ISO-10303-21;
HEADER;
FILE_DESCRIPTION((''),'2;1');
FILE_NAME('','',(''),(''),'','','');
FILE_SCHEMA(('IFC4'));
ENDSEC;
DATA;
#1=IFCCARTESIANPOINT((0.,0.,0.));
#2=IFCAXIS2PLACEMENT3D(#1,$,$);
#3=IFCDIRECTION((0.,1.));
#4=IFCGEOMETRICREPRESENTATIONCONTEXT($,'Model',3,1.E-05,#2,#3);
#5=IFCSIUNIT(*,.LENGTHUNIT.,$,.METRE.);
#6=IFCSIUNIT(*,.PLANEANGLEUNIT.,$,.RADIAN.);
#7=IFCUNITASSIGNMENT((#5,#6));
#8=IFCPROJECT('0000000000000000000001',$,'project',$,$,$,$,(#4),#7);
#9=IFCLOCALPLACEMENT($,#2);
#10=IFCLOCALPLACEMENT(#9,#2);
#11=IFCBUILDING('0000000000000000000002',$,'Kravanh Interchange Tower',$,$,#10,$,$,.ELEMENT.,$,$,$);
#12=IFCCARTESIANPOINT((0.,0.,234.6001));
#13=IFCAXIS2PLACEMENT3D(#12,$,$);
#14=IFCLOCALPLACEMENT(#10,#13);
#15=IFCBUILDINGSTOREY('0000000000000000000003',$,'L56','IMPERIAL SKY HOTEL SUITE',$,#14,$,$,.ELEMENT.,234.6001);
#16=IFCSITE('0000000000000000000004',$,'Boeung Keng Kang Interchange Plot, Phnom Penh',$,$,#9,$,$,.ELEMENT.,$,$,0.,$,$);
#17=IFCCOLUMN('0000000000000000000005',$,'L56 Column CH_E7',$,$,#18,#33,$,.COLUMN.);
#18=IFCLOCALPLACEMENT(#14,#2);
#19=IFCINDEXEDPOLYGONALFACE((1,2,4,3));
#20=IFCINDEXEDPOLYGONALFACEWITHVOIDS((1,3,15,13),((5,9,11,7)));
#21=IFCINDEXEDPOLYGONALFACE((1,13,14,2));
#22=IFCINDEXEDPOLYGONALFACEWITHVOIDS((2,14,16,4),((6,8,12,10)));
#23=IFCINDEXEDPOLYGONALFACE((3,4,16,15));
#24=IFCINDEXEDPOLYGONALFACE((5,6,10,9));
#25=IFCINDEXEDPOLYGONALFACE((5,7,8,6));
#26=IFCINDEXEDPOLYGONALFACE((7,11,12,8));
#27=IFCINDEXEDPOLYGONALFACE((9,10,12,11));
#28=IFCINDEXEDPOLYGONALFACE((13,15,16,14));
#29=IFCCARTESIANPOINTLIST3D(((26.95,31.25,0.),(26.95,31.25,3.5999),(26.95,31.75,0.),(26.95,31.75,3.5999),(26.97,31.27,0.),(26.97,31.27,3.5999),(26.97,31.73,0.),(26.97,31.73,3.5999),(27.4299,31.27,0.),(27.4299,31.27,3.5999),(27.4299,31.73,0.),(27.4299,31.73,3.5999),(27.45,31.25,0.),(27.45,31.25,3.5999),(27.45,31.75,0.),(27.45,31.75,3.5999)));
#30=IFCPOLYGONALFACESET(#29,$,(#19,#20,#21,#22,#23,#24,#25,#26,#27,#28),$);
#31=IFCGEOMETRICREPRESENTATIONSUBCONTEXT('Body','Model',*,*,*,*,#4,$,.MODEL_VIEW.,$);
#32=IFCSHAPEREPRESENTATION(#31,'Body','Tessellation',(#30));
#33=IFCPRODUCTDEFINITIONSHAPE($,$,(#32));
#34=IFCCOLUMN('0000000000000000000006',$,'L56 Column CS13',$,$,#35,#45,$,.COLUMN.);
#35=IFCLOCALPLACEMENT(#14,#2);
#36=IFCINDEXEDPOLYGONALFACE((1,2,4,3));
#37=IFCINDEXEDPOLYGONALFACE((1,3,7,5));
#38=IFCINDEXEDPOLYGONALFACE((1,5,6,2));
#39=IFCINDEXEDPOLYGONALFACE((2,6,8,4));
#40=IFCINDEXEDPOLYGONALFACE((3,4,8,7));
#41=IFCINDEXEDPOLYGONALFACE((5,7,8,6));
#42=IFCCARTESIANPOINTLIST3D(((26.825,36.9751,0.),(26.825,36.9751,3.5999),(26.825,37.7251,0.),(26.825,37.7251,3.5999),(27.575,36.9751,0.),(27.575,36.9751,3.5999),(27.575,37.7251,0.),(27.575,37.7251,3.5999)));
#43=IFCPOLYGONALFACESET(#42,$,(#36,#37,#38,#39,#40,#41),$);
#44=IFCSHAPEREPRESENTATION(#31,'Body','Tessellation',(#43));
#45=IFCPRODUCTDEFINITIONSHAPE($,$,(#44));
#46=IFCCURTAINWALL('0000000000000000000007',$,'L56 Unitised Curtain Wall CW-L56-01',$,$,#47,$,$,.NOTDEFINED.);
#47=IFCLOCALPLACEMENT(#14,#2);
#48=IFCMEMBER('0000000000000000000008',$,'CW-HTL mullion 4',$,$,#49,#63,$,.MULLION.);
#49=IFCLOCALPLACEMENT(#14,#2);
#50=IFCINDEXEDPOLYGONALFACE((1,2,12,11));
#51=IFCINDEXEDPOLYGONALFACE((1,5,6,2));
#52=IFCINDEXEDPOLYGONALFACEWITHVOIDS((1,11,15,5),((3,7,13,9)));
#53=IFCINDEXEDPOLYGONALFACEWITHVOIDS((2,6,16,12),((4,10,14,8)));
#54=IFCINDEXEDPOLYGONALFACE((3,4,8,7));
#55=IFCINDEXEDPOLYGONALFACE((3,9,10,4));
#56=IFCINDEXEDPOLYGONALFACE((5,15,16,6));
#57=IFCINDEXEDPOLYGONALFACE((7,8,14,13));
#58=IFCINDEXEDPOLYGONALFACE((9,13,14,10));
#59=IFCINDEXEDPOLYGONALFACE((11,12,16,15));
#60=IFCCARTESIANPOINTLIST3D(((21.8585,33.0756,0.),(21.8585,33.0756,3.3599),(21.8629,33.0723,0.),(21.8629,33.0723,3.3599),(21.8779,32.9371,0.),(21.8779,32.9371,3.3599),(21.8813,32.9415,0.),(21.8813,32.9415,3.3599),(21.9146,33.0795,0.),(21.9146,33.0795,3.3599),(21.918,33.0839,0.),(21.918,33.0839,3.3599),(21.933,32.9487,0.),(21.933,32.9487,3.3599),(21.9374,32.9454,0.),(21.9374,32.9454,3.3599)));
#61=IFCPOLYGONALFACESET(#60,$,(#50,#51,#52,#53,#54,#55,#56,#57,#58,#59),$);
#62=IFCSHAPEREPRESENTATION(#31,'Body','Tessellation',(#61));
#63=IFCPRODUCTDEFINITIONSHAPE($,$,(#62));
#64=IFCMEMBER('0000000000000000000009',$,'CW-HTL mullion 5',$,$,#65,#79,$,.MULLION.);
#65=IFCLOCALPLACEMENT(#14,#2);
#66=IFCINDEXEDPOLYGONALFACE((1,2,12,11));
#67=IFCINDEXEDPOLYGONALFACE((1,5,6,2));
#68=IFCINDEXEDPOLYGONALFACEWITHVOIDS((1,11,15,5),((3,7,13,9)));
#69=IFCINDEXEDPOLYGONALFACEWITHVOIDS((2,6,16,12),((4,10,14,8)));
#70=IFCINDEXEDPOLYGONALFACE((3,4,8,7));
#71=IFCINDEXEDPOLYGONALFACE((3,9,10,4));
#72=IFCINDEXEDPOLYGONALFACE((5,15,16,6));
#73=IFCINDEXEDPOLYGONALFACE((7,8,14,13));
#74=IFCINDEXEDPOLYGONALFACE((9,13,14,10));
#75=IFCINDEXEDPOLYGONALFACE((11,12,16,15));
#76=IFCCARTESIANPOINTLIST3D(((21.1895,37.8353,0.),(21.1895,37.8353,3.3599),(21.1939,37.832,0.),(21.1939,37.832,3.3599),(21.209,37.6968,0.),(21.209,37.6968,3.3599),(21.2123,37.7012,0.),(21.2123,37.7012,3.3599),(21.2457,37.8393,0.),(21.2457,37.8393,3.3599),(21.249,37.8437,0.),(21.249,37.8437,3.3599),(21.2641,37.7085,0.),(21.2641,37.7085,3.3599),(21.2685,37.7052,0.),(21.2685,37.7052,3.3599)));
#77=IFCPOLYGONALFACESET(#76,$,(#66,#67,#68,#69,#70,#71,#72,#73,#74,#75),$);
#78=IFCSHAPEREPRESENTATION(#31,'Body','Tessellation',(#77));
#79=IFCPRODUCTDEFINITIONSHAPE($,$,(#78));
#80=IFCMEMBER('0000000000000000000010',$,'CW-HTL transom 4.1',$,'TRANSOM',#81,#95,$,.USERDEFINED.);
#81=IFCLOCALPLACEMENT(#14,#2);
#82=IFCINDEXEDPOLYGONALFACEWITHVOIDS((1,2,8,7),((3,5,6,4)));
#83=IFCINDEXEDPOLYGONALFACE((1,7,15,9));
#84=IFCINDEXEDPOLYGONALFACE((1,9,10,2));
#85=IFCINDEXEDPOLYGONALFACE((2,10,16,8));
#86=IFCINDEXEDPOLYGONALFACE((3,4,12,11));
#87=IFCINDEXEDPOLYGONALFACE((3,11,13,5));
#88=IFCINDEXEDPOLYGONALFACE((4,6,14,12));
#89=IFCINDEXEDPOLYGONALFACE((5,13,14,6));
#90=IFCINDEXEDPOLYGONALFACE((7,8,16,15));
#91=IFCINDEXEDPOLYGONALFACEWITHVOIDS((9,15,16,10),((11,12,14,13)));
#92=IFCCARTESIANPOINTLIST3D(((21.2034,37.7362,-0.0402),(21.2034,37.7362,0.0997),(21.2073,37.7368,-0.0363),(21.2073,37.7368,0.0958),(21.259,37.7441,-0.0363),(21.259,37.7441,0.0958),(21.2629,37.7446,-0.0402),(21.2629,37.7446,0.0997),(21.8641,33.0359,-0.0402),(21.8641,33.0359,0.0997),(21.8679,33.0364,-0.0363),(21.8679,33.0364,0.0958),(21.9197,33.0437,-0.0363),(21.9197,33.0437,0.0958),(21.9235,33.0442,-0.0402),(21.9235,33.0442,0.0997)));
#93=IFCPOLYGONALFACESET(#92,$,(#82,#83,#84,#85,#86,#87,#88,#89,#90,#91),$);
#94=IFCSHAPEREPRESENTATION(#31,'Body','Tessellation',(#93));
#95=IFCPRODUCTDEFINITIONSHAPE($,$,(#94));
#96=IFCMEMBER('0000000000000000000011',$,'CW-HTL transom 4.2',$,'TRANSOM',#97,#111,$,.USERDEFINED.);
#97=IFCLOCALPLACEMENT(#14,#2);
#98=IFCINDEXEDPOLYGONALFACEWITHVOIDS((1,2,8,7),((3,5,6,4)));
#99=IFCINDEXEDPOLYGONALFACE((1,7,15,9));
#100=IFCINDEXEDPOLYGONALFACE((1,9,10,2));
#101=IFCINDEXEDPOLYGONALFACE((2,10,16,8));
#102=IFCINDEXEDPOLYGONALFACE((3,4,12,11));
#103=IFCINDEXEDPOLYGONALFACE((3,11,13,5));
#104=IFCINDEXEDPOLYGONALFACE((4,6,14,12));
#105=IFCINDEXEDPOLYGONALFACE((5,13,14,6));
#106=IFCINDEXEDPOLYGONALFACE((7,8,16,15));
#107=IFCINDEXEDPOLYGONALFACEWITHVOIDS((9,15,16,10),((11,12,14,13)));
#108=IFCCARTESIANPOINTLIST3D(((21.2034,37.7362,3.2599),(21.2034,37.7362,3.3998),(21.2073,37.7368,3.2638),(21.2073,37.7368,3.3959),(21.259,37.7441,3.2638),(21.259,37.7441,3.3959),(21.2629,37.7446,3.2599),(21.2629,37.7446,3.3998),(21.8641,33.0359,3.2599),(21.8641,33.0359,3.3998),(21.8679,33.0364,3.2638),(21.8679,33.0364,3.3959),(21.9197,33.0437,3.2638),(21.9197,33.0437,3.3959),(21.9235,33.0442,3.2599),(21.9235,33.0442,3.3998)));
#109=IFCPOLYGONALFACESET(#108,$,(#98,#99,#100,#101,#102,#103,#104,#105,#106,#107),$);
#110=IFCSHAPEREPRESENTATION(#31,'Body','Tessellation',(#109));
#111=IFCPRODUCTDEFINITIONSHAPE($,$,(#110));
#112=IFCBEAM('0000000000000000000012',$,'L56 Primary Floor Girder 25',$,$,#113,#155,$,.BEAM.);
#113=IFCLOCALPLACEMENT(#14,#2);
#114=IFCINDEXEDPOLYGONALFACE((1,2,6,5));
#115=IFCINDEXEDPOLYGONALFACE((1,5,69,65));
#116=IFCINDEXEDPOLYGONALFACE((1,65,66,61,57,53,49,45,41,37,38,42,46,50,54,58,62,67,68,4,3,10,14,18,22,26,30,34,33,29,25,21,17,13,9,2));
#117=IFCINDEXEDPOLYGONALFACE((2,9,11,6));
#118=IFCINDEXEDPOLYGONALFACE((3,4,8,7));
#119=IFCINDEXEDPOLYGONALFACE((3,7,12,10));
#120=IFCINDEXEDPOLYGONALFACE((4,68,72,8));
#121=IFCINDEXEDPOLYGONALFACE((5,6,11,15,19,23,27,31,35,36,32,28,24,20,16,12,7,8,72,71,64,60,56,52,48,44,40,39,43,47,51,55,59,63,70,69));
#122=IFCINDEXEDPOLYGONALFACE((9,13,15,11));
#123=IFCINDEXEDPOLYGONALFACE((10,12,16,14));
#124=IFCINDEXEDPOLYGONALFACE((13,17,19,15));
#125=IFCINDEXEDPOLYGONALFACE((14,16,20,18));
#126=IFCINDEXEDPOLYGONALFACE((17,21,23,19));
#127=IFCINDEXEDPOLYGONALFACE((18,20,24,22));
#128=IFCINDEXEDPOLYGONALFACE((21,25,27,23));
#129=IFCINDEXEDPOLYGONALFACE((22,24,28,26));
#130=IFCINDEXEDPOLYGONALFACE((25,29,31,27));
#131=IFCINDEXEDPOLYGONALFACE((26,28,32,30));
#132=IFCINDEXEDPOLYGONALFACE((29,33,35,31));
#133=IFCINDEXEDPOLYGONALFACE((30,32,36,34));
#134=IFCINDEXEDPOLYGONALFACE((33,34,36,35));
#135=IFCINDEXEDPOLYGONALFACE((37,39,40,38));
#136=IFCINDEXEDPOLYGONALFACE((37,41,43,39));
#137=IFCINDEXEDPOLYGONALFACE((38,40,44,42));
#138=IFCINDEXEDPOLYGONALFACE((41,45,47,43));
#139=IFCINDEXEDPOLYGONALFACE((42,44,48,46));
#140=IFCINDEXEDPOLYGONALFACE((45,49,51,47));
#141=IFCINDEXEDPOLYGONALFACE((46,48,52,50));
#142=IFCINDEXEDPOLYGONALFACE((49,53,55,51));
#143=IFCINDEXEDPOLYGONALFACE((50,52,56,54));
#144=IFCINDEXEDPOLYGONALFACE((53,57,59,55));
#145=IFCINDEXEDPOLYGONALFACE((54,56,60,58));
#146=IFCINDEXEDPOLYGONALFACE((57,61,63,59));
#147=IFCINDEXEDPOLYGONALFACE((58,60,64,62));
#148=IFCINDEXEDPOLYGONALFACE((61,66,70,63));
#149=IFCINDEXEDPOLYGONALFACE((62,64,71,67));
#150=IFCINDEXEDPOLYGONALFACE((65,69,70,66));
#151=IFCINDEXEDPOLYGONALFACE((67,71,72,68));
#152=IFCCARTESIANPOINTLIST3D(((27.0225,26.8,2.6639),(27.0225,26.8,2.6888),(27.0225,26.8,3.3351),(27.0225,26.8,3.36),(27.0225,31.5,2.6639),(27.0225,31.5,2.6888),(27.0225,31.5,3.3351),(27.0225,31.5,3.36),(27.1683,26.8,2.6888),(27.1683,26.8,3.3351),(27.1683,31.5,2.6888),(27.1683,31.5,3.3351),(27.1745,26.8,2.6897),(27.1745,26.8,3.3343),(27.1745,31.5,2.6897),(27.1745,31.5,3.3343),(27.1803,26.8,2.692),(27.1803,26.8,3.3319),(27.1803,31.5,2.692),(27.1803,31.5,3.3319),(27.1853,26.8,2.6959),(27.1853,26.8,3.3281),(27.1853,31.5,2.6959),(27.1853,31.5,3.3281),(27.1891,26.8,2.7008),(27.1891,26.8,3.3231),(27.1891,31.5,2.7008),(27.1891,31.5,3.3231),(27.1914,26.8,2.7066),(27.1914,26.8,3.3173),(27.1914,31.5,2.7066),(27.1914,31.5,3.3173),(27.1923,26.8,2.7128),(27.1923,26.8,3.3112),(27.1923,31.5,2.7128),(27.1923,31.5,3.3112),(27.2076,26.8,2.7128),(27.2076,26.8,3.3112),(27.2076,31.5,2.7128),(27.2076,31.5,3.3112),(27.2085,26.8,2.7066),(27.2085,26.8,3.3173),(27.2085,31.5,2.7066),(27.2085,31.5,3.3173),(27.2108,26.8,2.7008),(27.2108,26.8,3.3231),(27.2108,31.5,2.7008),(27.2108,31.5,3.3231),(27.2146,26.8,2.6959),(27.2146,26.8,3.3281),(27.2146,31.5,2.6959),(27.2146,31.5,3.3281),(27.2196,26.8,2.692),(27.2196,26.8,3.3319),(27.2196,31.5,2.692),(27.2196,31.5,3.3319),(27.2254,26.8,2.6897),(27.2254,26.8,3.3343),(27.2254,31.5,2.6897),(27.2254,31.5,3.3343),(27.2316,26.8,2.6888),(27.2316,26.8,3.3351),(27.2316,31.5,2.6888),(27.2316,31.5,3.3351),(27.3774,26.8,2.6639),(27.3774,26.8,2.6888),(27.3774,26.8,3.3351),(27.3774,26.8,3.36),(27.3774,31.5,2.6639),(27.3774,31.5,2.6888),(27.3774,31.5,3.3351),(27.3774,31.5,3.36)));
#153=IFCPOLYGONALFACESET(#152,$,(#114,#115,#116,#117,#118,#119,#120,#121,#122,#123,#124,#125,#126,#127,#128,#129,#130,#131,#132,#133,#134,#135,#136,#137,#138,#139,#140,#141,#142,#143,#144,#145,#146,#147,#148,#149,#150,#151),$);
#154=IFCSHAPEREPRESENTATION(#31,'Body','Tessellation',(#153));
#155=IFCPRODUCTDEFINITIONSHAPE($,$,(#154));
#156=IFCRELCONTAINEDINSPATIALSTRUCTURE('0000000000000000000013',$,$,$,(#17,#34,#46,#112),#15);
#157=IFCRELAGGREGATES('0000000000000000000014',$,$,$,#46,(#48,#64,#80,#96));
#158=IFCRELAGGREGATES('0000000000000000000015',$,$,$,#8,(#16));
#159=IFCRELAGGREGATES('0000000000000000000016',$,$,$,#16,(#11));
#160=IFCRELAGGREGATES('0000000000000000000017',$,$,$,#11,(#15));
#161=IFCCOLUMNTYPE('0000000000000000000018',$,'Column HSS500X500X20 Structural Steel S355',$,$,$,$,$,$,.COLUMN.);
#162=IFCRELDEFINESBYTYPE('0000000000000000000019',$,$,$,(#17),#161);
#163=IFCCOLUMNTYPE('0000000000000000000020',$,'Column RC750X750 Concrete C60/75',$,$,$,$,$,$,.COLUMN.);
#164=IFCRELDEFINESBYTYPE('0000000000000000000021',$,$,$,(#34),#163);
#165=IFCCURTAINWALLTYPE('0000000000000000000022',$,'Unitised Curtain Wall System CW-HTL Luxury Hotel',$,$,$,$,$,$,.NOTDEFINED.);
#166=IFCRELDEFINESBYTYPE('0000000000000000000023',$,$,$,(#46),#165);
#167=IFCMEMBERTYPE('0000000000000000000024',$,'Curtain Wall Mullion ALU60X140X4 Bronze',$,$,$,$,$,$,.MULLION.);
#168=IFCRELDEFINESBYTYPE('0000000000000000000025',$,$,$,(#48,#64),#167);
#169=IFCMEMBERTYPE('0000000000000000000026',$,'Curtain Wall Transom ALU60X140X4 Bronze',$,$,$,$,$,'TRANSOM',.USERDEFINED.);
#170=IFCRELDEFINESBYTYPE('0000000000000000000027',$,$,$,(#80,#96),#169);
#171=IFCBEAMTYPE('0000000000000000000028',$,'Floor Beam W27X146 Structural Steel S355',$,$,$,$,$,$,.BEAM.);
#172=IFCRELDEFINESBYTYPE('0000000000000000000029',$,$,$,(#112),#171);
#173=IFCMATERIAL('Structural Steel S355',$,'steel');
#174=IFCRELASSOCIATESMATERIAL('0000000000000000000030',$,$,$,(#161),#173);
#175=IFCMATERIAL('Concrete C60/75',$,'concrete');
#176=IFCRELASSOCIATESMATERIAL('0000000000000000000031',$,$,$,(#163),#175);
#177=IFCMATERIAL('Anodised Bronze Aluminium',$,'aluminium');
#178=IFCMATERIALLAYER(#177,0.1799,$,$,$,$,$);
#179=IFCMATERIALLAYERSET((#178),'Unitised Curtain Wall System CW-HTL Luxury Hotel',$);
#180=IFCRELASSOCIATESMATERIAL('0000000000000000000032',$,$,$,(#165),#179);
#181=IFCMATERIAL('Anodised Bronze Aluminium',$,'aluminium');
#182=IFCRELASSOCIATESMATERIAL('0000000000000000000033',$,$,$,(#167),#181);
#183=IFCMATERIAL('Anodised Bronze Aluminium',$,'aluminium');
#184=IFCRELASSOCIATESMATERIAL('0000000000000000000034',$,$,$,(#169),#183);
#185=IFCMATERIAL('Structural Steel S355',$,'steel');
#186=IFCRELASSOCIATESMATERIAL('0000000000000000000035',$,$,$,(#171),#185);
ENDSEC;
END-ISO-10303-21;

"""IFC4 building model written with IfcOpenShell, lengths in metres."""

from ifc_helpers import new_model, si_unit, direction, frame, origin, origin_2d, place, context, subcontext, project, spatial, rectangle, hollow_rectangle, i_section, extrude, material, layer, layer_set, material_profile, profile_set, type_object, element, aggregate, save


model = new_model("IFC4")

# Units and contexts
model_context = context("Model", 3, precision=1e-05, world=origin(), true_north=direction((0.0, 1.0)))
body_context = subcontext(model_context, "Body", "Model", "MODEL_VIEW")
ifc_project = project(units=[si_unit("LENGTHUNIT", "METRE"), si_unit("PLANEANGLEUNIT", "RADIAN")], contexts=[model_context])

# Site, building, storey
site_placement = place(None, origin())
site = spatial("IfcSite", under=ifc_project, at=site_placement, Name="Boeung Keng Kang Interchange Plot, Phnom Penh", CompositionType="ELEMENT", RefElevation=0.0)
building_placement = place(site_placement, origin())
building = spatial("IfcBuilding", under=site, at=building_placement, Name="Kravanh Interchange Tower", CompositionType="ELEMENT")
storey_placement = place(building_placement, frame((0.0, 0.0, 234.6001)))
storey = spatial("IfcBuildingStorey", under=building, at=storey_placement, Name="L56", Description="IMPERIAL SKY HOTEL SUITE", CompositionType="ELEMENT", Elevation=234.6001)

# Columns
ifc_material_1 = material(Name="Structural Steel S355", Category="steel")
ifc_material_profile_1 = material_profile(ifc_material_1, hollow_rectangle(XDim=0.5, YDim=0.5, WallThickness=0.02, at=origin_2d()), Name="HSS500X500X20")
ifc_profile_set_1 = profile_set([ifc_material_profile_1], Name="Structural Steel S355")
column_type_1 = type_object("IfcColumnType", Name="Column HSS500X500X20 Structural Steel S355", PredefinedType="COLUMN", material=ifc_profile_set_1)
column_1_placement = place(storey_placement, frame((27.2, 31.5, 0.0), z_axis=(0.0, 0.0, 1.0), x_axis=(1.0, 0.0, 0.0)))
element("IfcColumn", 1, at=column_1_placement, inside=storey, type_object=column_type_1, Name="L56 Column CH_E7", PredefinedType="COLUMN", context=body_context, shape_type="SweptSolid", body=[
    extrude(hollow_rectangle(XDim=0.5, YDim=0.5, WallThickness=0.02, at=origin_2d()), origin(), (0.0, 0.0, 1.0), 3.5999),
])
ifc_material_2 = material(Name="Concrete C60/75", Category="concrete")
ifc_material_profile_2 = material_profile(ifc_material_2, rectangle(XDim=0.75, YDim=0.75, at=origin_2d()), Name="RC750X750")
ifc_profile_set_2 = profile_set([ifc_material_profile_2], Name="Concrete C60/75")
column_type_2 = type_object("IfcColumnType", Name="Column RC750X750 Concrete C60/75", PredefinedType="COLUMN", material=ifc_profile_set_2)
column_2_placement = place(storey_placement, frame((27.2, 37.3501, 0.0), z_axis=(0.0, 0.0, 1.0), x_axis=(1.0, 0.0, 0.0)))
element("IfcColumn", 2, at=column_2_placement, inside=storey, type_object=column_type_2, Name="L56 Column CS13", PredefinedType="COLUMN", context=body_context, shape_type="SweptSolid", body=[
    extrude(rectangle(XDim=0.75, YDim=0.75, at=origin_2d()), origin(), (0.0, 0.0, 1.0), 3.5999),
])

# Curtain wall, members
ifc_material_3 = material(Name="Anodised Bronze Aluminium", Category="aluminium")
ifc_layer_1 = layer(ifc_material_3, 0.1799)
ifc_layer_set_1 = layer_set([ifc_layer_1], Name="Unitised Curtain Wall System CW-HTL Luxury Hotel")
curtain_wall_type = type_object("IfcCurtainWallType", Name="Unitised Curtain Wall System CW-HTL Luxury Hotel", PredefinedType="NOTDEFINED", material=ifc_layer_set_1)
curtain_wall_placement = place(storey_placement, origin())
curtain_wall = element("IfcCurtainWall", 3, at=curtain_wall_placement, inside=storey, type_object=curtain_wall_type, Name="L56 Unitised Curtain Wall CW-L56-01", PredefinedType="NOTDEFINED")
ifc_material_4 = material(Name="Anodised Bronze Aluminium", Category="aluminium")
ifc_material_profile_3 = material_profile(ifc_material_4, hollow_rectangle(XDim=0.0601, YDim=0.1399, WallThickness=0.0039, at=origin_2d()), Name="ALU60X140X4")
ifc_profile_set_3 = profile_set([ifc_material_profile_3], Name="Anodised Bronze Aluminium")
member_type_1 = type_object("IfcMemberType", Name="Curtain Wall Mullion ALU60X140X4 Bronze", PredefinedType="MULLION", material=ifc_profile_set_3)
member_1_placement = place(storey_placement, frame((21.8979, 33.0105, 0.0), z_axis=(0.0, 0.0, 1.0), x_axis=(-0.990268, -0.139176, 0.0)))
member_1 = element("IfcMember", 4, at=member_1_placement, type_object=member_type_1, Name="CW-HTL mullion 4", PredefinedType="MULLION", context=body_context, shape_type="SweptSolid", body=[
    extrude(hollow_rectangle(XDim=0.0601, YDim=0.1399, WallThickness=0.0039, at=origin_2d()), origin(), (0.0, 0.0, 1.0), 3.3599),
])
member_2_placement = place(storey_placement, frame((21.229, 37.7703, 0.0), z_axis=(0.0, 0.0, 1.0), x_axis=(-0.990268, -0.139176, 0.0)))
member_2 = element("IfcMember", 5, at=member_2_placement, type_object=member_type_1, Name="CW-HTL mullion 5", PredefinedType="MULLION", context=body_context, shape_type="SweptSolid", body=[
    extrude(hollow_rectangle(XDim=0.0601, YDim=0.1399, WallThickness=0.0039, at=origin_2d()), origin(), (0.0, 0.0, 1.0), 3.3599),
])
ifc_material_5 = material(Name="Anodised Bronze Aluminium", Category="aluminium")
ifc_material_profile_4 = material_profile(ifc_material_5, hollow_rectangle(XDim=0.0601, YDim=0.1399, WallThickness=0.0039, at=origin_2d()), Name="ALU60X140X4")
ifc_profile_set_4 = profile_set([ifc_material_profile_4], Name="Anodised Bronze Aluminium")
member_type_2 = type_object("IfcMemberType", Name="Curtain Wall Transom ALU60X140X4 Bronze", ElementType="TRANSOM", PredefinedType="USERDEFINED", material=ifc_profile_set_4)
member_3_placement = place(storey_placement, frame((21.8938, 33.04, 0.0298), z_axis=(-0.139182, 0.990267, 0.0), x_axis=(-0.990267, -0.139182, 0.0)))
member_3 = element("IfcMember", 6, at=member_3_placement, type_object=member_type_2, Name="CW-HTL transom 4.1", ObjectType="TRANSOM", PredefinedType="USERDEFINED", context=body_context, shape_type="SweptSolid", body=[
    extrude(hollow_rectangle(XDim=0.0601, YDim=0.1399, WallThickness=0.0039, at=origin_2d()), origin(), (0.0, 0.0, 1.0), 4.7466),
])
member_4_placement = place(storey_placement, frame((21.8938, 33.04, 3.3298), z_axis=(-0.139182, 0.990267, 0.0), x_axis=(-0.990267, -0.139182, 0.0)))
member_4 = element("IfcMember", 7, at=member_4_placement, type_object=member_type_2, Name="CW-HTL transom 4.2", ObjectType="TRANSOM", PredefinedType="USERDEFINED", context=body_context, shape_type="SweptSolid", body=[
    extrude(hollow_rectangle(XDim=0.0601, YDim=0.1399, WallThickness=0.0039, at=origin_2d()), origin(), (0.0, 0.0, 1.0), 4.7466),
])

# Beam
ifc_material_6 = material(Name="Structural Steel S355", Category="steel")
ifc_material_profile_5 = material_profile(ifc_material_6, i_section(OverallWidth=0.355, OverallDepth=0.696, WebThickness=0.0154, FlangeThickness=0.0249, FilletRadius=0.0239, at=origin_2d()), Name="W27X146")
ifc_profile_set_5 = profile_set([ifc_material_profile_5], Name="Structural Steel S355")
beam_type_1 = type_object("IfcBeamType", Name="Floor Beam W27X146 Structural Steel S355", PredefinedType="BEAM", material=ifc_profile_set_5)
beam_1_placement = place(storey_placement, frame((27.2, 31.5, 3.012), z_axis=(0.0, -1.0, 0.0), x_axis=(1.0, 0.0, 0.0)))
element("IfcBeam", 8, at=beam_1_placement, inside=storey, type_object=beam_type_1, Name="L56 Primary Floor Girder 25", PredefinedType="BEAM", context=body_context, shape_type="SweptSolid", body=[
    extrude(i_section(OverallWidth=0.355, OverallDepth=0.696, WebThickness=0.0154, FlangeThickness=0.0249, FilletRadius=0.0239, at=origin_2d()), origin(), (0.0, 0.0, 1.0), 4.7),
])

aggregate(curtain_wall, [member_1, member_2, member_3, member_4])

save(model, "model.ifc")
